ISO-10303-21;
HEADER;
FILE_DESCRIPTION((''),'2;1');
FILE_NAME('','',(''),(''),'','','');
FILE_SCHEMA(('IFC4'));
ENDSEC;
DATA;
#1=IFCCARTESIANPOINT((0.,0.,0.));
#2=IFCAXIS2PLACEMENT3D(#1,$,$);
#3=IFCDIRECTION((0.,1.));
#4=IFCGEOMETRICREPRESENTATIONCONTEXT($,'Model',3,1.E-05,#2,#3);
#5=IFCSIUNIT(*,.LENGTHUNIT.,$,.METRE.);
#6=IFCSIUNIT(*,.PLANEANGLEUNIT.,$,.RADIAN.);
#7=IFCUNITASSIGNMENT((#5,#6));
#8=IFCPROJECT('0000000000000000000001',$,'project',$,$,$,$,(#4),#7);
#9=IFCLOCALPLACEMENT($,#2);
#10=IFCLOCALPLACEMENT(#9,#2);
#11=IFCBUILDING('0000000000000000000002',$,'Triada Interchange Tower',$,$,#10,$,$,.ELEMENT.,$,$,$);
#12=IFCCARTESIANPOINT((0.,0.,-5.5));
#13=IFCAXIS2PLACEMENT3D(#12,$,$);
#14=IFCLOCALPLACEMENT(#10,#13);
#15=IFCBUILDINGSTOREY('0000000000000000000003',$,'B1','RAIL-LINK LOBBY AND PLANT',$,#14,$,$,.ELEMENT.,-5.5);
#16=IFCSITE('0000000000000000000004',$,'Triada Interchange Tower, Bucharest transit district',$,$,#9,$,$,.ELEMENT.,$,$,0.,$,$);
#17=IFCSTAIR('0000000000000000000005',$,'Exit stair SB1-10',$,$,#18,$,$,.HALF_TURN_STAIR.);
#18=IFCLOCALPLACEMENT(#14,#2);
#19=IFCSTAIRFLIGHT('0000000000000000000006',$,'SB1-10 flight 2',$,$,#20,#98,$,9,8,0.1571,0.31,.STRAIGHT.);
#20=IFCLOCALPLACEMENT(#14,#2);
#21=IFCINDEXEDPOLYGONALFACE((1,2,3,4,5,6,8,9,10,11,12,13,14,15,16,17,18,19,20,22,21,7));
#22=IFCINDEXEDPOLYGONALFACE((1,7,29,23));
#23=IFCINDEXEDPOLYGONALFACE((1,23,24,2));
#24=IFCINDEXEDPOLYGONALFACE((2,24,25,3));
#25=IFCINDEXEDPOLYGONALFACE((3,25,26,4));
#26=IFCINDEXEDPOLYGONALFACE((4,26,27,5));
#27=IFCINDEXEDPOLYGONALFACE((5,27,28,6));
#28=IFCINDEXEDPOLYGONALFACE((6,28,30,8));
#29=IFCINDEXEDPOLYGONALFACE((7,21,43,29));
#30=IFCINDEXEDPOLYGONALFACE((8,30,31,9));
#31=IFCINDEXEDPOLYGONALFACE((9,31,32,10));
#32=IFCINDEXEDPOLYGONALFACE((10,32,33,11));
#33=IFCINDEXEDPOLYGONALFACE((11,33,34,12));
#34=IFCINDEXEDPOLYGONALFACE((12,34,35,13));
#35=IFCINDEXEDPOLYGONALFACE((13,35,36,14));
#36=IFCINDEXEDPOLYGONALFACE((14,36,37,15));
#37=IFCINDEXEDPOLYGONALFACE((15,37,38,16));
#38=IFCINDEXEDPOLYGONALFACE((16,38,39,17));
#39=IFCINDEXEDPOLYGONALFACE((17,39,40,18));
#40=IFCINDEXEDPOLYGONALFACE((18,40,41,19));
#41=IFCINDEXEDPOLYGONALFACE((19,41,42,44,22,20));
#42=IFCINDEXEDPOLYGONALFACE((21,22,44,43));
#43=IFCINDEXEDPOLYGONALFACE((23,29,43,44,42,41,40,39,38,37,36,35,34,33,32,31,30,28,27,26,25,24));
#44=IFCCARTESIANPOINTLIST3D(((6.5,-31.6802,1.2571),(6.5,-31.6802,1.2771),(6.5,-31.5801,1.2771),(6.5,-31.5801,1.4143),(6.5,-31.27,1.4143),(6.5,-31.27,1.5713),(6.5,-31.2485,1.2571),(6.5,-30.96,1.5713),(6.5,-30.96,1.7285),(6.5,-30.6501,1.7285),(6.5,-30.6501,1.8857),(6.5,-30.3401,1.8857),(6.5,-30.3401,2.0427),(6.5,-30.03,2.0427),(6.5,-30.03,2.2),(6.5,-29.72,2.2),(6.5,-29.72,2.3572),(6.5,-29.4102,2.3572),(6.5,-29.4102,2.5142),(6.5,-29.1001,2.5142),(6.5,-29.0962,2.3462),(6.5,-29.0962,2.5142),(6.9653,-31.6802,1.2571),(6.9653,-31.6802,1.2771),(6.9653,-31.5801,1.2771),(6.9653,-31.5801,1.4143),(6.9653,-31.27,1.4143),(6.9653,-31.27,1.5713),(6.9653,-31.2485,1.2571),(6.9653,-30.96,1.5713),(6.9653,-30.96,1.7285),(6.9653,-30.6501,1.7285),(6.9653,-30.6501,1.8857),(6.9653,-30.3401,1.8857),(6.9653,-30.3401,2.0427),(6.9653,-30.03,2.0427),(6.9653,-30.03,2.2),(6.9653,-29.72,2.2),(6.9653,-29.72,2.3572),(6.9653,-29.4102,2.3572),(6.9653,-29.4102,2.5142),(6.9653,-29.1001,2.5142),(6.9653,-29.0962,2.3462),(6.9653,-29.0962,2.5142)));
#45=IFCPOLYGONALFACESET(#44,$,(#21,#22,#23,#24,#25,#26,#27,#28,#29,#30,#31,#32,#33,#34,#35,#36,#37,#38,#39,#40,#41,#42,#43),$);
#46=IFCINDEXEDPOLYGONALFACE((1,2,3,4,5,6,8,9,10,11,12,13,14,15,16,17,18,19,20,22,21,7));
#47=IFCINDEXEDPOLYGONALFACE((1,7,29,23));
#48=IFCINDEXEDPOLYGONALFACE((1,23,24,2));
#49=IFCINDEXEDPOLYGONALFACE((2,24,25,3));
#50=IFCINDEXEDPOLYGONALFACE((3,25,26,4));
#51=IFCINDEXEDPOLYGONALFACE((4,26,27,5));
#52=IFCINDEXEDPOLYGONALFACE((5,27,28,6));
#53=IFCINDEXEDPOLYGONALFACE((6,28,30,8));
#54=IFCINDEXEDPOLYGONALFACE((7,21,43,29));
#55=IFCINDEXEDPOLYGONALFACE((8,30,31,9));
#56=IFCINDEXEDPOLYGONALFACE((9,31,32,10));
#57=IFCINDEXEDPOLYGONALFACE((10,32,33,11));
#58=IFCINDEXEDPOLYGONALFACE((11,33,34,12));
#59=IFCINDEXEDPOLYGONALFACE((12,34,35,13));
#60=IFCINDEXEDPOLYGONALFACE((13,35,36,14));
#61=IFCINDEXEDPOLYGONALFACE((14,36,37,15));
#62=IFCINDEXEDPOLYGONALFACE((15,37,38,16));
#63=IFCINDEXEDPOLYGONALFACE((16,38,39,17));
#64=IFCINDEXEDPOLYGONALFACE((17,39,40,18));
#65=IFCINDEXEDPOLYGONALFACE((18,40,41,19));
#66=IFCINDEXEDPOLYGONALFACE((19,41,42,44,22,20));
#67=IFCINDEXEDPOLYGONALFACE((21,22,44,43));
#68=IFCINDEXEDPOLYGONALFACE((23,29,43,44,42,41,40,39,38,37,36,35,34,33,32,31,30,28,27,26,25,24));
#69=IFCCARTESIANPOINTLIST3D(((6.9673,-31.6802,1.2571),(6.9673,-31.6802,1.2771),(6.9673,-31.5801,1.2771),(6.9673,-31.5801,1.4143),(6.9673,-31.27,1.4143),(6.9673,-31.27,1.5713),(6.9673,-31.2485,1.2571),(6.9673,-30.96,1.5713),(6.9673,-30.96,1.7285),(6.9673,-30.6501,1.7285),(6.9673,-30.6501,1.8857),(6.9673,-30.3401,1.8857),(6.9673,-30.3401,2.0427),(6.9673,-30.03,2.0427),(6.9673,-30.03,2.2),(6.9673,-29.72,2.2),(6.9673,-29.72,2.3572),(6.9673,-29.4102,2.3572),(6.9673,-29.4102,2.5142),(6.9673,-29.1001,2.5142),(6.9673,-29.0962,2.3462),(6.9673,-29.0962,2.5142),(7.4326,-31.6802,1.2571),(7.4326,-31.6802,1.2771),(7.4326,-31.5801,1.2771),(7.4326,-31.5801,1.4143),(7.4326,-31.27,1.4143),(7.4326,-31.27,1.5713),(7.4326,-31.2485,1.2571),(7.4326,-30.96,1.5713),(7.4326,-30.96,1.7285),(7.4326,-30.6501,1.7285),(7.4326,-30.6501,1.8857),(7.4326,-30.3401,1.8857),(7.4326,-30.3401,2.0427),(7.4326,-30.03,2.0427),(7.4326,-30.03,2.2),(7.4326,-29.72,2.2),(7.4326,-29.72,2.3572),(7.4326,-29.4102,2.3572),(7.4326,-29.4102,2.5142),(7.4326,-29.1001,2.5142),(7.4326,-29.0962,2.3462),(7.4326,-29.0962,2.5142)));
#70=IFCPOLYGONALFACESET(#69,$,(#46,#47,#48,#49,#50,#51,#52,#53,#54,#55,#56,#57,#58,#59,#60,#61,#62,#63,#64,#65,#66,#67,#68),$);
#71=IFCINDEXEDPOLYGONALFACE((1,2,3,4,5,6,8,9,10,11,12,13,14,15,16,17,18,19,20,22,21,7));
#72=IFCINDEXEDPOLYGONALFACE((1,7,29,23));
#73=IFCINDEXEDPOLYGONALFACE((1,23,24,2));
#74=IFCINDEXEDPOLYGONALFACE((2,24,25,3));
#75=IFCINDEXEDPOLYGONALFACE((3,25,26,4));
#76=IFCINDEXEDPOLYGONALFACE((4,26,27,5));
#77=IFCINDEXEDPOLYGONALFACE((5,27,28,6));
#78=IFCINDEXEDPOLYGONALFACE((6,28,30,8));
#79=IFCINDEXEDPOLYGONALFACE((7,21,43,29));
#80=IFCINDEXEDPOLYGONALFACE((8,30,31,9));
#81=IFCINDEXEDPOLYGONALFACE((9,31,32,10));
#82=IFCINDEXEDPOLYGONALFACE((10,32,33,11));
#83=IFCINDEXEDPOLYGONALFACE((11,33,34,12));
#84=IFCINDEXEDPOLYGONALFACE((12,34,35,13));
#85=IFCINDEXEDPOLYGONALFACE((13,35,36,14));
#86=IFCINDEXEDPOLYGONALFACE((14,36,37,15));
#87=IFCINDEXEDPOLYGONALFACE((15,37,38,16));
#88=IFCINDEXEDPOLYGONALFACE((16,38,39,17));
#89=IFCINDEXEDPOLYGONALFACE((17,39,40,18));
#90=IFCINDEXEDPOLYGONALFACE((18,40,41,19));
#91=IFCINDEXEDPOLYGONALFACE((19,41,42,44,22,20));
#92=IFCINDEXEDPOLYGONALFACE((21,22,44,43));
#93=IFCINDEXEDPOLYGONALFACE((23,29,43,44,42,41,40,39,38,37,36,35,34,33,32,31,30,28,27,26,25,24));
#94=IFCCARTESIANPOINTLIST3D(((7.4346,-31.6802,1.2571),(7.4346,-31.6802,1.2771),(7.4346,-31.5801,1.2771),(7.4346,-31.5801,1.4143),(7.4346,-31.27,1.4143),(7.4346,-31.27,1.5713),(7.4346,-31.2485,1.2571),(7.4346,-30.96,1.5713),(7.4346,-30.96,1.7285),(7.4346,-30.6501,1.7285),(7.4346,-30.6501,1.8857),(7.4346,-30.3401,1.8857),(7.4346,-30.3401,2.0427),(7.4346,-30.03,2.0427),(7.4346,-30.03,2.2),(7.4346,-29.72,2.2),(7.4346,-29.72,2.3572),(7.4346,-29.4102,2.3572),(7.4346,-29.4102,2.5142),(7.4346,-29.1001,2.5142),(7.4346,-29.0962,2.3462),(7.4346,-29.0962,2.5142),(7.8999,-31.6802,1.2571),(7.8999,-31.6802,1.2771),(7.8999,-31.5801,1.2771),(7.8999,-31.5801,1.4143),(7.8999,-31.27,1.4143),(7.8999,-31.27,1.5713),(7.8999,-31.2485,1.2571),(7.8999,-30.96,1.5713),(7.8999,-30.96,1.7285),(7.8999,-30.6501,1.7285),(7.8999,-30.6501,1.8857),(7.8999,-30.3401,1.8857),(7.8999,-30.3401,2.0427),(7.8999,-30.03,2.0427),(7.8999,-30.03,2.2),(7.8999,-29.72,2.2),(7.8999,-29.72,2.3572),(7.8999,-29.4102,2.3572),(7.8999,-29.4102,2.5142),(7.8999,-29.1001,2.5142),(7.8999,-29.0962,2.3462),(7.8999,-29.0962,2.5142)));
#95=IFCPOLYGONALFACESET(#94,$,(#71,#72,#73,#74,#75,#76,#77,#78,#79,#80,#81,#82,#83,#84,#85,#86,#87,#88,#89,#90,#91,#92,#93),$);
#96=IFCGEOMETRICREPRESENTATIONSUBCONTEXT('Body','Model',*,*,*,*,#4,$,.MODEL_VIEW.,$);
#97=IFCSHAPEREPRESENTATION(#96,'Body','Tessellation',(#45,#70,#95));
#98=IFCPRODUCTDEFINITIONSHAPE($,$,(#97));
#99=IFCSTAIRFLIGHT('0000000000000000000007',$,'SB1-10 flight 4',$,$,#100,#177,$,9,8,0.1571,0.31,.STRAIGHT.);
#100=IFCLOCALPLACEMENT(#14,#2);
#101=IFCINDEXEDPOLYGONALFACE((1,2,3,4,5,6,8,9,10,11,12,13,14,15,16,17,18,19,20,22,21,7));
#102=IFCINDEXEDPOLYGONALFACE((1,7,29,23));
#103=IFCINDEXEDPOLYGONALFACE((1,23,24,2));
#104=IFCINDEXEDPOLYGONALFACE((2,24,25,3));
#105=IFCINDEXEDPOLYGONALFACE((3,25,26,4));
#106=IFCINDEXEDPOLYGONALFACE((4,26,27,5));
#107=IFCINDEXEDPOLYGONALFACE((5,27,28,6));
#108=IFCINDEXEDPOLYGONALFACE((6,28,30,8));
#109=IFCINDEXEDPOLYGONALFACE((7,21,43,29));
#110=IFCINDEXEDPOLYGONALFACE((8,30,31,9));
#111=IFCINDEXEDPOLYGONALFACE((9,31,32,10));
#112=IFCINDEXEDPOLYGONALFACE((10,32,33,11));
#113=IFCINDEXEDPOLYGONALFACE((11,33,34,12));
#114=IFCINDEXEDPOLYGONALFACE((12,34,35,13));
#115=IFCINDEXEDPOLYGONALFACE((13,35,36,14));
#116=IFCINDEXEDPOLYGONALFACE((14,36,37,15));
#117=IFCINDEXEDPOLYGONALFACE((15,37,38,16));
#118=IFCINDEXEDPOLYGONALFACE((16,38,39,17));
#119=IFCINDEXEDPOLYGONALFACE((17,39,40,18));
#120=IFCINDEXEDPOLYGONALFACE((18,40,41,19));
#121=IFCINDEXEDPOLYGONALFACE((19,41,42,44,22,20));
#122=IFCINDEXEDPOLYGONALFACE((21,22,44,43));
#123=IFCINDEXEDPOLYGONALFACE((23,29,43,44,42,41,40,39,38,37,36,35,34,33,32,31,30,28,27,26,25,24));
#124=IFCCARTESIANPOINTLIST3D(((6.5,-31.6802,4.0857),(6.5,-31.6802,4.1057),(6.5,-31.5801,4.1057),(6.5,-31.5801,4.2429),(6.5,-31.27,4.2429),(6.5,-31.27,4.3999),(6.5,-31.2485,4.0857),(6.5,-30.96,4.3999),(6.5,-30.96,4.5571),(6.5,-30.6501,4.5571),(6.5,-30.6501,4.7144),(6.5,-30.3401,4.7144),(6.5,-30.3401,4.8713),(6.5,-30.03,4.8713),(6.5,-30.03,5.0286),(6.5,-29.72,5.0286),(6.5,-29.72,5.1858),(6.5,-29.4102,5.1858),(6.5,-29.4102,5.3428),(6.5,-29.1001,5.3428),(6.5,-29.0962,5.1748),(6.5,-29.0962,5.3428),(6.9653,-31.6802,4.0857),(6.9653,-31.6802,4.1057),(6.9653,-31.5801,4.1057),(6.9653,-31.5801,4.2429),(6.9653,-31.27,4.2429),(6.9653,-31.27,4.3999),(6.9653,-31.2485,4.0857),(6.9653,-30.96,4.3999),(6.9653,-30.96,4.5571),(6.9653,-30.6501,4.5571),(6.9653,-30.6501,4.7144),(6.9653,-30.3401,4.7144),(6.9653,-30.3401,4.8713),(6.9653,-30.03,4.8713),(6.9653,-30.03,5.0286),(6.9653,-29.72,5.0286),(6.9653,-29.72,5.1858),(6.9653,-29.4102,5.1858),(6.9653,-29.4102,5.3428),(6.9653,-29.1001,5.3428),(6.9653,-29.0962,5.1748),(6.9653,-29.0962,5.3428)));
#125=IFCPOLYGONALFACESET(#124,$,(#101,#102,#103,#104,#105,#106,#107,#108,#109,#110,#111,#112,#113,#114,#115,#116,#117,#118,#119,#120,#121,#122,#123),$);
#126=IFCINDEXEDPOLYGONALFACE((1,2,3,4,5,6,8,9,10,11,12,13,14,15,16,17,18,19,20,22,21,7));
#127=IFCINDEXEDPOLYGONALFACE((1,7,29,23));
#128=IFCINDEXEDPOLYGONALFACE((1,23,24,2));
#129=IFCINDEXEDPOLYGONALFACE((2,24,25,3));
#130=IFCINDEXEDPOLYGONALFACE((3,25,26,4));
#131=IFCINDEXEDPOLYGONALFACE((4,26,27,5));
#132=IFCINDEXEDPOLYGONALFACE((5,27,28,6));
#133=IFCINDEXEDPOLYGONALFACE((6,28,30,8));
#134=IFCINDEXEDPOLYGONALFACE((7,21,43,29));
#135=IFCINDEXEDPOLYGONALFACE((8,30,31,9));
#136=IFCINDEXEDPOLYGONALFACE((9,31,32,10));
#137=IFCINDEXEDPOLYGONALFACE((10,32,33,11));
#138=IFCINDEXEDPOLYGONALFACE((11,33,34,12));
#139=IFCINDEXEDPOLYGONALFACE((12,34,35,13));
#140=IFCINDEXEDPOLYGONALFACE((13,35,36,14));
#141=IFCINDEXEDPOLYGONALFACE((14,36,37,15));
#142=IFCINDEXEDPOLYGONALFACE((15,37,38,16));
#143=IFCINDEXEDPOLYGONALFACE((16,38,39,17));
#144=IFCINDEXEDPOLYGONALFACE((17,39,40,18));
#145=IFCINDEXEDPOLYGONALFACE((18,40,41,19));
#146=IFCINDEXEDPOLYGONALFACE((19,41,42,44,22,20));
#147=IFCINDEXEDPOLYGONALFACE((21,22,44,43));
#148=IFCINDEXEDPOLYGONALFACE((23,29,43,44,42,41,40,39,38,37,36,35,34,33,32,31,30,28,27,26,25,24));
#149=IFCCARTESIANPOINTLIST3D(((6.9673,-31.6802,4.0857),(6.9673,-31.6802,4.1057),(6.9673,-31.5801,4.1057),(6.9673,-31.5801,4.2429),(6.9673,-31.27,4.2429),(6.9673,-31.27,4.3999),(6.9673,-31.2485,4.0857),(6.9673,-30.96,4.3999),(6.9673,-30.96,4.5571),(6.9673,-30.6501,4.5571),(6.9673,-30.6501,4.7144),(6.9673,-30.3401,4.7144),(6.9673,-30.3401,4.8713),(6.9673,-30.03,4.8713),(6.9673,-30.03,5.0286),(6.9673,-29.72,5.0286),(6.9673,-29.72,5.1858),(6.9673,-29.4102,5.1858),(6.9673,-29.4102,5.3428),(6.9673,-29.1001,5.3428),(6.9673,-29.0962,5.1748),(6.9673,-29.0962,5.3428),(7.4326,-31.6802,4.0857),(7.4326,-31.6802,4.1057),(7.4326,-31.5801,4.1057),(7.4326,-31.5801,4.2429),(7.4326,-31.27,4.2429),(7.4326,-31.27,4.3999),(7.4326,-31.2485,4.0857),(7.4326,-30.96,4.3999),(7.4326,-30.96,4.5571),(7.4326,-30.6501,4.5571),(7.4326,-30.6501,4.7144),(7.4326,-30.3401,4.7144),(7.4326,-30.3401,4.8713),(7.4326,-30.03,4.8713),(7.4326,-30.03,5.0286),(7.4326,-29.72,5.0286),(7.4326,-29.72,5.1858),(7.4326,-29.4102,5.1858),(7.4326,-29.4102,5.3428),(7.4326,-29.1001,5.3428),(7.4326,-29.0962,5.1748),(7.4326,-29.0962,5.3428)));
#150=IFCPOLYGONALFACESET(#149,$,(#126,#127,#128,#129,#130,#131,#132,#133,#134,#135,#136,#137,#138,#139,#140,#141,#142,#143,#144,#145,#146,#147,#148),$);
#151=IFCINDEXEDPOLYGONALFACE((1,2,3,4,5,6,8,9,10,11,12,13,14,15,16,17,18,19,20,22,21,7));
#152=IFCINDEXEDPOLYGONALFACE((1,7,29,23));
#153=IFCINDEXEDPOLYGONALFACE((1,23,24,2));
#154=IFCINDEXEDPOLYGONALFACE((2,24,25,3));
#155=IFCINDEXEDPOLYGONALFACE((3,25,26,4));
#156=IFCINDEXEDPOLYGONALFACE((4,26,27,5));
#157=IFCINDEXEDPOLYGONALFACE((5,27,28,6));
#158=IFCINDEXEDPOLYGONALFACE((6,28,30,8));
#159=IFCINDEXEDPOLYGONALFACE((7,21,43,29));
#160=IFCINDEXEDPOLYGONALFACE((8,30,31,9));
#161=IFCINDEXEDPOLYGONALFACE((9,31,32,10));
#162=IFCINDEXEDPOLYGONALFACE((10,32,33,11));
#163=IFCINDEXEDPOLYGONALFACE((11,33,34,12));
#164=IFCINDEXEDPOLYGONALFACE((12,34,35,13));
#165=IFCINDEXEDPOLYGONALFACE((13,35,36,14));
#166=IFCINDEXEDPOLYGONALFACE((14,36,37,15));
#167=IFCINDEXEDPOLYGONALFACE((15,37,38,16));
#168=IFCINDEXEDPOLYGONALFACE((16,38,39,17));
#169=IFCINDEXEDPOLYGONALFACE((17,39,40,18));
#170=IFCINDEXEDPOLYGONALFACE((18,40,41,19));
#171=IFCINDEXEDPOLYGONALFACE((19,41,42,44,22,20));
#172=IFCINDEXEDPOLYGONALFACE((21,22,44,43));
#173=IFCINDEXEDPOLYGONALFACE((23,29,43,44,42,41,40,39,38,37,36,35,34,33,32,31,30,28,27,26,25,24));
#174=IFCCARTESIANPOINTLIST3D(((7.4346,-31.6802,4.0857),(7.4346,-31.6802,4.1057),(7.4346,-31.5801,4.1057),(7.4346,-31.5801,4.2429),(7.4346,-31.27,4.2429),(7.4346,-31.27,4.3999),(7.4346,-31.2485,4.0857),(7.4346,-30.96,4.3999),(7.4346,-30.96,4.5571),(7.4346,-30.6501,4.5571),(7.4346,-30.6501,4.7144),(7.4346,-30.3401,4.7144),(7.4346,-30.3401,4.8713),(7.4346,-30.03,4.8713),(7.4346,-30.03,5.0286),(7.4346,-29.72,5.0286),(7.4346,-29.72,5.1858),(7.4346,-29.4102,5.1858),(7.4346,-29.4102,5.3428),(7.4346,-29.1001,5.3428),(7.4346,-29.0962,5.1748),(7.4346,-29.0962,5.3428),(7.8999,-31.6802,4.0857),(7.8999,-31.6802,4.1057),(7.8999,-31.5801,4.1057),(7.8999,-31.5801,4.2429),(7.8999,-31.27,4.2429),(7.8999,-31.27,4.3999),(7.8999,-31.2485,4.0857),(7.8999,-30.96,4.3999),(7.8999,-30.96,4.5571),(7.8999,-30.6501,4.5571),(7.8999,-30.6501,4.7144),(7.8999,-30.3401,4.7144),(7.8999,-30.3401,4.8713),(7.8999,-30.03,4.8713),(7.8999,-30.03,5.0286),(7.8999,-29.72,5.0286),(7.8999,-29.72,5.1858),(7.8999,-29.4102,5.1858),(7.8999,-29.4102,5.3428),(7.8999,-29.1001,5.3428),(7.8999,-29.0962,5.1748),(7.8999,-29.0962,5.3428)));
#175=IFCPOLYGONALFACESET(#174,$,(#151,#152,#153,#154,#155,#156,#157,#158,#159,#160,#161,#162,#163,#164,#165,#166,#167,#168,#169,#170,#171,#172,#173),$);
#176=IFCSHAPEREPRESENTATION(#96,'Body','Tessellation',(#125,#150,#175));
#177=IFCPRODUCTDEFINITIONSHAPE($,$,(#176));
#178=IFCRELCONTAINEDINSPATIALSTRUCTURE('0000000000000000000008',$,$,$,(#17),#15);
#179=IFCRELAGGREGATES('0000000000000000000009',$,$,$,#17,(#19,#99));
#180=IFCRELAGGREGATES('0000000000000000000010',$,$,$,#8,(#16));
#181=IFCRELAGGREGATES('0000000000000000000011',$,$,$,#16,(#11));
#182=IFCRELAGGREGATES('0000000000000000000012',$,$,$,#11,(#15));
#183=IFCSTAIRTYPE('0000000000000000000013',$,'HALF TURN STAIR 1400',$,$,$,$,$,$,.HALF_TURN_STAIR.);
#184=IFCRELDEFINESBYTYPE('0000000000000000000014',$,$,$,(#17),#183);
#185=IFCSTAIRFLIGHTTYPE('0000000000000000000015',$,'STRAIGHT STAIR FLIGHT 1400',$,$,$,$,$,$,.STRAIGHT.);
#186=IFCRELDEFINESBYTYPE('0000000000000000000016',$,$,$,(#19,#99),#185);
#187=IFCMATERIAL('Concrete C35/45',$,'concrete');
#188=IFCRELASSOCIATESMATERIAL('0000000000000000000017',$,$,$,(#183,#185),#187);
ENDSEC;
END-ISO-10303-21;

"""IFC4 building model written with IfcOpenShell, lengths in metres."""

from ifc_helpers import new_model, si_unit, direction, frame, origin, place, context, subcontext, project, spatial, polyline, outline, extrude, material, type_object, element, aggregate, save


model = new_model("IFC4")

# Units and contexts
model_context = context("Model", 3, precision=1e-05, world=origin(), true_north=direction((0.0, 1.0)))
body_context = subcontext(model_context, "Body", "Model", "MODEL_VIEW")
ifc_project = project(units=[si_unit("LENGTHUNIT", "METRE"), si_unit("PLANEANGLEUNIT", "RADIAN")], contexts=[model_context])

# Site, building, storey
site_placement = place(None, origin())
site = spatial("IfcSite", under=ifc_project, at=site_placement, Name="Triada Interchange Tower, Bucharest transit district", CompositionType="ELEMENT", RefElevation=0.0)
building_placement = place(site_placement, origin())
building = spatial("IfcBuilding", under=site, at=building_placement, Name="Triada Interchange Tower", CompositionType="ELEMENT")
storey_placement = place(building_placement, frame((0.0, 0.0, -5.5)))
storey = spatial("IfcBuildingStorey", under=building, at=storey_placement, Name="B1", Description="RAIL-LINK LOBBY AND PLANT", CompositionType="ELEMENT", Elevation=-5.5)

# Shared definitions
ifc_material_1 = material(Name="Concrete C35/45", Category="concrete")

# Stair, stair flights
stair_type = type_object("IfcStairType", Name="HALF TURN STAIR 1400", PredefinedType="HALF_TURN_STAIR", material=ifc_material_1)
stair_flight_type = type_object("IfcStairFlightType", Name="STRAIGHT STAIR FLIGHT 1400", PredefinedType="STRAIGHT", material=ifc_material_1)
stair_1_placement = place(storey_placement, origin())
stair_1 = element("IfcStair", 1, at=stair_1_placement, inside=storey, type_object=stair_type, Name="Exit stair SB1-10", PredefinedType="HALF_TURN_STAIR")
stair_flight_1_placement = place(storey_placement, frame((7.2, -31.5801, 1.2571), z_axis=(0.0, 0.0, 1.0), x_axis=(0.0, 1.0, 0.0)))
stair_flight_1 = element("IfcStairFlight", 2, at=stair_flight_1_placement, type_object=stair_flight_type, Name="SB1-10 flight 2", NumberOfRisers=9, NumberOfTreads=8, PredefinedType="STRAIGHT", RiserHeight=0.1571, TreadLength=0.31, context=body_context, shape_type="SweptSolid", body=[
    extrude(outline(polyline([(-0.1001, 0.0), (-0.1001, 0.02), (0.0, 0.02), (0.0, 0.1572), (0.3101, 0.1572), (0.3101, 0.3142), (0.6201, 0.3142), (0.6201, 0.4714), (0.9299, 0.4714), (0.9299, 0.6287), (1.24, 0.6287), (1.24, 0.7856), (1.55, 0.7856), (1.55, 0.9429), (1.8601, 0.9429), (1.8601, 1.1001), (2.1699, 1.1001), (2.1699, 1.2571), (2.48, 1.2571), (2.4839, 1.2571), (2.4839, 1.4143), (2.4839, 1.0891), (0.3315, 0.0), (-0.1001, 0.0)])), frame((0.0, 0.7, 0.0), z_axis=(0.0, -1.0, 0.0), x_axis=(1.0, 0.0, 0.0)), (0.0, 0.0, 1.0), 0.4653),
    extrude(outline(polyline([(-0.1001, 0.0), (-0.1001, 0.02), (0.0, 0.02), (0.0, 0.1572), (0.3101, 0.1572), (0.3101, 0.3142), (0.6201, 0.3142), (0.6201, 0.4714), (0.9299, 0.4714), (0.9299, 0.6287), (1.24, 0.6287), (1.24, 0.7856), (1.55, 0.7856), (1.55, 0.9429), (1.8601, 0.9429), (1.8601, 1.1001), (2.1699, 1.1001), (2.1699, 1.2571), (2.48, 1.2571), (2.4839, 1.2571), (2.4839, 1.4143), (2.4839, 1.0891), (0.3315, 0.0), (-0.1001, 0.0)])), frame((0.0, 0.2327, 0.0), z_axis=(0.0, -1.0, 0.0), x_axis=(1.0, 0.0, 0.0)), (0.0, 0.0, 1.0), 0.4653),
    extrude(outline(polyline([(-0.1001, 0.0), (-0.1001, 0.02), (0.0, 0.02), (0.0, 0.1572), (0.3101, 0.1572), (0.3101, 0.3142), (0.6201, 0.3142), (0.6201, 0.4714), (0.9299, 0.4714), (0.9299, 0.6287), (1.24, 0.6287), (1.24, 0.7856), (1.55, 0.7856), (1.55, 0.9429), (1.8601, 0.9429), (1.8601, 1.1001), (2.1699, 1.1001), (2.1699, 1.2571), (2.48, 1.2571), (2.4839, 1.2571), (2.4839, 1.4143), (2.4839, 1.0891), (0.3315, 0.0), (-0.1001, 0.0)])), frame((0.0, -0.2346, 0.0), z_axis=(0.0, -1.0, 0.0), x_axis=(1.0, 0.0, 0.0)), (0.0, 0.0, 1.0), 0.4653),
])
stair_flight_2_placement = place(storey_placement, frame((7.2, -31.5801, 4.0857), z_axis=(0.0, 0.0, 1.0), x_axis=(0.0, 1.0, 0.0)))
stair_flight_2 = element("IfcStairFlight", 3, at=stair_flight_2_placement, type_object=stair_flight_type, Name="SB1-10 flight 4", NumberOfRisers=9, NumberOfTreads=8, PredefinedType="STRAIGHT", RiserHeight=0.1571, TreadLength=0.31, context=body_context, shape_type="SweptSolid", body=[
    extrude(outline(polyline([(-0.1001, 0.0), (-0.1001, 0.02), (0.0, 0.02), (0.0, 0.1572), (0.3101, 0.1572), (0.3101, 0.3142), (0.6201, 0.3142), (0.6201, 0.4714), (0.9299, 0.4714), (0.9299, 0.6287), (1.24, 0.6287), (1.24, 0.7856), (1.55, 0.7856), (1.55, 0.9429), (1.8601, 0.9429), (1.8601, 1.1001), (2.1699, 1.1001), (2.1699, 1.2571), (2.48, 1.2571), (2.4839, 1.2571), (2.4839, 1.4143), (2.4839, 1.0891), (0.3315, 0.0), (-0.1001, 0.0)])), frame((0.0, 0.7, 0.0), z_axis=(0.0, -1.0, 0.0), x_axis=(1.0, 0.0, 0.0)), (0.0, 0.0, 1.0), 0.4653),
    extrude(outline(polyline([(-0.1001, 0.0), (-0.1001, 0.02), (0.0, 0.02), (0.0, 0.1572), (0.3101, 0.1572), (0.3101, 0.3142), (0.6201, 0.3142), (0.6201, 0.4714), (0.9299, 0.4714), (0.9299, 0.6287), (1.24, 0.6287), (1.24, 0.7856), (1.55, 0.7856), (1.55, 0.9429), (1.8601, 0.9429), (1.8601, 1.1001), (2.1699, 1.1001), (2.1699, 1.2571), (2.48, 1.2571), (2.4839, 1.2571), (2.4839, 1.4143), (2.4839, 1.0891), (0.3315, 0.0), (-0.1001, 0.0)])), frame((0.0, 0.2327, 0.0), z_axis=(0.0, -1.0, 0.0), x_axis=(1.0, 0.0, 0.0)), (0.0, 0.0, 1.0), 0.4653),
    extrude(outline(polyline([(-0.1001, 0.0), (-0.1001, 0.02), (0.0, 0.02), (0.0, 0.1572), (0.3101, 0.1572), (0.3101, 0.3142), (0.6201, 0.3142), (0.6201, 0.4714), (0.9299, 0.4714), (0.9299, 0.6287), (1.24, 0.6287), (1.24, 0.7856), (1.55, 0.7856), (1.55, 0.9429), (1.8601, 0.9429), (1.8601, 1.1001), (2.1699, 1.1001), (2.1699, 1.2571), (2.48, 1.2571), (2.4839, 1.2571), (2.4839, 1.4143), (2.4839, 1.0891), (0.3315, 0.0), (-0.1001, 0.0)])), frame((0.0, -0.2346, 0.0), z_axis=(0.0, -1.0, 0.0), x_axis=(1.0, 0.0, 0.0)), (0.0, 0.0, 1.0), 0.4653),
])

aggregate(stair_1, [stair_flight_1, stair_flight_2])

save(model, "model.ifc")
